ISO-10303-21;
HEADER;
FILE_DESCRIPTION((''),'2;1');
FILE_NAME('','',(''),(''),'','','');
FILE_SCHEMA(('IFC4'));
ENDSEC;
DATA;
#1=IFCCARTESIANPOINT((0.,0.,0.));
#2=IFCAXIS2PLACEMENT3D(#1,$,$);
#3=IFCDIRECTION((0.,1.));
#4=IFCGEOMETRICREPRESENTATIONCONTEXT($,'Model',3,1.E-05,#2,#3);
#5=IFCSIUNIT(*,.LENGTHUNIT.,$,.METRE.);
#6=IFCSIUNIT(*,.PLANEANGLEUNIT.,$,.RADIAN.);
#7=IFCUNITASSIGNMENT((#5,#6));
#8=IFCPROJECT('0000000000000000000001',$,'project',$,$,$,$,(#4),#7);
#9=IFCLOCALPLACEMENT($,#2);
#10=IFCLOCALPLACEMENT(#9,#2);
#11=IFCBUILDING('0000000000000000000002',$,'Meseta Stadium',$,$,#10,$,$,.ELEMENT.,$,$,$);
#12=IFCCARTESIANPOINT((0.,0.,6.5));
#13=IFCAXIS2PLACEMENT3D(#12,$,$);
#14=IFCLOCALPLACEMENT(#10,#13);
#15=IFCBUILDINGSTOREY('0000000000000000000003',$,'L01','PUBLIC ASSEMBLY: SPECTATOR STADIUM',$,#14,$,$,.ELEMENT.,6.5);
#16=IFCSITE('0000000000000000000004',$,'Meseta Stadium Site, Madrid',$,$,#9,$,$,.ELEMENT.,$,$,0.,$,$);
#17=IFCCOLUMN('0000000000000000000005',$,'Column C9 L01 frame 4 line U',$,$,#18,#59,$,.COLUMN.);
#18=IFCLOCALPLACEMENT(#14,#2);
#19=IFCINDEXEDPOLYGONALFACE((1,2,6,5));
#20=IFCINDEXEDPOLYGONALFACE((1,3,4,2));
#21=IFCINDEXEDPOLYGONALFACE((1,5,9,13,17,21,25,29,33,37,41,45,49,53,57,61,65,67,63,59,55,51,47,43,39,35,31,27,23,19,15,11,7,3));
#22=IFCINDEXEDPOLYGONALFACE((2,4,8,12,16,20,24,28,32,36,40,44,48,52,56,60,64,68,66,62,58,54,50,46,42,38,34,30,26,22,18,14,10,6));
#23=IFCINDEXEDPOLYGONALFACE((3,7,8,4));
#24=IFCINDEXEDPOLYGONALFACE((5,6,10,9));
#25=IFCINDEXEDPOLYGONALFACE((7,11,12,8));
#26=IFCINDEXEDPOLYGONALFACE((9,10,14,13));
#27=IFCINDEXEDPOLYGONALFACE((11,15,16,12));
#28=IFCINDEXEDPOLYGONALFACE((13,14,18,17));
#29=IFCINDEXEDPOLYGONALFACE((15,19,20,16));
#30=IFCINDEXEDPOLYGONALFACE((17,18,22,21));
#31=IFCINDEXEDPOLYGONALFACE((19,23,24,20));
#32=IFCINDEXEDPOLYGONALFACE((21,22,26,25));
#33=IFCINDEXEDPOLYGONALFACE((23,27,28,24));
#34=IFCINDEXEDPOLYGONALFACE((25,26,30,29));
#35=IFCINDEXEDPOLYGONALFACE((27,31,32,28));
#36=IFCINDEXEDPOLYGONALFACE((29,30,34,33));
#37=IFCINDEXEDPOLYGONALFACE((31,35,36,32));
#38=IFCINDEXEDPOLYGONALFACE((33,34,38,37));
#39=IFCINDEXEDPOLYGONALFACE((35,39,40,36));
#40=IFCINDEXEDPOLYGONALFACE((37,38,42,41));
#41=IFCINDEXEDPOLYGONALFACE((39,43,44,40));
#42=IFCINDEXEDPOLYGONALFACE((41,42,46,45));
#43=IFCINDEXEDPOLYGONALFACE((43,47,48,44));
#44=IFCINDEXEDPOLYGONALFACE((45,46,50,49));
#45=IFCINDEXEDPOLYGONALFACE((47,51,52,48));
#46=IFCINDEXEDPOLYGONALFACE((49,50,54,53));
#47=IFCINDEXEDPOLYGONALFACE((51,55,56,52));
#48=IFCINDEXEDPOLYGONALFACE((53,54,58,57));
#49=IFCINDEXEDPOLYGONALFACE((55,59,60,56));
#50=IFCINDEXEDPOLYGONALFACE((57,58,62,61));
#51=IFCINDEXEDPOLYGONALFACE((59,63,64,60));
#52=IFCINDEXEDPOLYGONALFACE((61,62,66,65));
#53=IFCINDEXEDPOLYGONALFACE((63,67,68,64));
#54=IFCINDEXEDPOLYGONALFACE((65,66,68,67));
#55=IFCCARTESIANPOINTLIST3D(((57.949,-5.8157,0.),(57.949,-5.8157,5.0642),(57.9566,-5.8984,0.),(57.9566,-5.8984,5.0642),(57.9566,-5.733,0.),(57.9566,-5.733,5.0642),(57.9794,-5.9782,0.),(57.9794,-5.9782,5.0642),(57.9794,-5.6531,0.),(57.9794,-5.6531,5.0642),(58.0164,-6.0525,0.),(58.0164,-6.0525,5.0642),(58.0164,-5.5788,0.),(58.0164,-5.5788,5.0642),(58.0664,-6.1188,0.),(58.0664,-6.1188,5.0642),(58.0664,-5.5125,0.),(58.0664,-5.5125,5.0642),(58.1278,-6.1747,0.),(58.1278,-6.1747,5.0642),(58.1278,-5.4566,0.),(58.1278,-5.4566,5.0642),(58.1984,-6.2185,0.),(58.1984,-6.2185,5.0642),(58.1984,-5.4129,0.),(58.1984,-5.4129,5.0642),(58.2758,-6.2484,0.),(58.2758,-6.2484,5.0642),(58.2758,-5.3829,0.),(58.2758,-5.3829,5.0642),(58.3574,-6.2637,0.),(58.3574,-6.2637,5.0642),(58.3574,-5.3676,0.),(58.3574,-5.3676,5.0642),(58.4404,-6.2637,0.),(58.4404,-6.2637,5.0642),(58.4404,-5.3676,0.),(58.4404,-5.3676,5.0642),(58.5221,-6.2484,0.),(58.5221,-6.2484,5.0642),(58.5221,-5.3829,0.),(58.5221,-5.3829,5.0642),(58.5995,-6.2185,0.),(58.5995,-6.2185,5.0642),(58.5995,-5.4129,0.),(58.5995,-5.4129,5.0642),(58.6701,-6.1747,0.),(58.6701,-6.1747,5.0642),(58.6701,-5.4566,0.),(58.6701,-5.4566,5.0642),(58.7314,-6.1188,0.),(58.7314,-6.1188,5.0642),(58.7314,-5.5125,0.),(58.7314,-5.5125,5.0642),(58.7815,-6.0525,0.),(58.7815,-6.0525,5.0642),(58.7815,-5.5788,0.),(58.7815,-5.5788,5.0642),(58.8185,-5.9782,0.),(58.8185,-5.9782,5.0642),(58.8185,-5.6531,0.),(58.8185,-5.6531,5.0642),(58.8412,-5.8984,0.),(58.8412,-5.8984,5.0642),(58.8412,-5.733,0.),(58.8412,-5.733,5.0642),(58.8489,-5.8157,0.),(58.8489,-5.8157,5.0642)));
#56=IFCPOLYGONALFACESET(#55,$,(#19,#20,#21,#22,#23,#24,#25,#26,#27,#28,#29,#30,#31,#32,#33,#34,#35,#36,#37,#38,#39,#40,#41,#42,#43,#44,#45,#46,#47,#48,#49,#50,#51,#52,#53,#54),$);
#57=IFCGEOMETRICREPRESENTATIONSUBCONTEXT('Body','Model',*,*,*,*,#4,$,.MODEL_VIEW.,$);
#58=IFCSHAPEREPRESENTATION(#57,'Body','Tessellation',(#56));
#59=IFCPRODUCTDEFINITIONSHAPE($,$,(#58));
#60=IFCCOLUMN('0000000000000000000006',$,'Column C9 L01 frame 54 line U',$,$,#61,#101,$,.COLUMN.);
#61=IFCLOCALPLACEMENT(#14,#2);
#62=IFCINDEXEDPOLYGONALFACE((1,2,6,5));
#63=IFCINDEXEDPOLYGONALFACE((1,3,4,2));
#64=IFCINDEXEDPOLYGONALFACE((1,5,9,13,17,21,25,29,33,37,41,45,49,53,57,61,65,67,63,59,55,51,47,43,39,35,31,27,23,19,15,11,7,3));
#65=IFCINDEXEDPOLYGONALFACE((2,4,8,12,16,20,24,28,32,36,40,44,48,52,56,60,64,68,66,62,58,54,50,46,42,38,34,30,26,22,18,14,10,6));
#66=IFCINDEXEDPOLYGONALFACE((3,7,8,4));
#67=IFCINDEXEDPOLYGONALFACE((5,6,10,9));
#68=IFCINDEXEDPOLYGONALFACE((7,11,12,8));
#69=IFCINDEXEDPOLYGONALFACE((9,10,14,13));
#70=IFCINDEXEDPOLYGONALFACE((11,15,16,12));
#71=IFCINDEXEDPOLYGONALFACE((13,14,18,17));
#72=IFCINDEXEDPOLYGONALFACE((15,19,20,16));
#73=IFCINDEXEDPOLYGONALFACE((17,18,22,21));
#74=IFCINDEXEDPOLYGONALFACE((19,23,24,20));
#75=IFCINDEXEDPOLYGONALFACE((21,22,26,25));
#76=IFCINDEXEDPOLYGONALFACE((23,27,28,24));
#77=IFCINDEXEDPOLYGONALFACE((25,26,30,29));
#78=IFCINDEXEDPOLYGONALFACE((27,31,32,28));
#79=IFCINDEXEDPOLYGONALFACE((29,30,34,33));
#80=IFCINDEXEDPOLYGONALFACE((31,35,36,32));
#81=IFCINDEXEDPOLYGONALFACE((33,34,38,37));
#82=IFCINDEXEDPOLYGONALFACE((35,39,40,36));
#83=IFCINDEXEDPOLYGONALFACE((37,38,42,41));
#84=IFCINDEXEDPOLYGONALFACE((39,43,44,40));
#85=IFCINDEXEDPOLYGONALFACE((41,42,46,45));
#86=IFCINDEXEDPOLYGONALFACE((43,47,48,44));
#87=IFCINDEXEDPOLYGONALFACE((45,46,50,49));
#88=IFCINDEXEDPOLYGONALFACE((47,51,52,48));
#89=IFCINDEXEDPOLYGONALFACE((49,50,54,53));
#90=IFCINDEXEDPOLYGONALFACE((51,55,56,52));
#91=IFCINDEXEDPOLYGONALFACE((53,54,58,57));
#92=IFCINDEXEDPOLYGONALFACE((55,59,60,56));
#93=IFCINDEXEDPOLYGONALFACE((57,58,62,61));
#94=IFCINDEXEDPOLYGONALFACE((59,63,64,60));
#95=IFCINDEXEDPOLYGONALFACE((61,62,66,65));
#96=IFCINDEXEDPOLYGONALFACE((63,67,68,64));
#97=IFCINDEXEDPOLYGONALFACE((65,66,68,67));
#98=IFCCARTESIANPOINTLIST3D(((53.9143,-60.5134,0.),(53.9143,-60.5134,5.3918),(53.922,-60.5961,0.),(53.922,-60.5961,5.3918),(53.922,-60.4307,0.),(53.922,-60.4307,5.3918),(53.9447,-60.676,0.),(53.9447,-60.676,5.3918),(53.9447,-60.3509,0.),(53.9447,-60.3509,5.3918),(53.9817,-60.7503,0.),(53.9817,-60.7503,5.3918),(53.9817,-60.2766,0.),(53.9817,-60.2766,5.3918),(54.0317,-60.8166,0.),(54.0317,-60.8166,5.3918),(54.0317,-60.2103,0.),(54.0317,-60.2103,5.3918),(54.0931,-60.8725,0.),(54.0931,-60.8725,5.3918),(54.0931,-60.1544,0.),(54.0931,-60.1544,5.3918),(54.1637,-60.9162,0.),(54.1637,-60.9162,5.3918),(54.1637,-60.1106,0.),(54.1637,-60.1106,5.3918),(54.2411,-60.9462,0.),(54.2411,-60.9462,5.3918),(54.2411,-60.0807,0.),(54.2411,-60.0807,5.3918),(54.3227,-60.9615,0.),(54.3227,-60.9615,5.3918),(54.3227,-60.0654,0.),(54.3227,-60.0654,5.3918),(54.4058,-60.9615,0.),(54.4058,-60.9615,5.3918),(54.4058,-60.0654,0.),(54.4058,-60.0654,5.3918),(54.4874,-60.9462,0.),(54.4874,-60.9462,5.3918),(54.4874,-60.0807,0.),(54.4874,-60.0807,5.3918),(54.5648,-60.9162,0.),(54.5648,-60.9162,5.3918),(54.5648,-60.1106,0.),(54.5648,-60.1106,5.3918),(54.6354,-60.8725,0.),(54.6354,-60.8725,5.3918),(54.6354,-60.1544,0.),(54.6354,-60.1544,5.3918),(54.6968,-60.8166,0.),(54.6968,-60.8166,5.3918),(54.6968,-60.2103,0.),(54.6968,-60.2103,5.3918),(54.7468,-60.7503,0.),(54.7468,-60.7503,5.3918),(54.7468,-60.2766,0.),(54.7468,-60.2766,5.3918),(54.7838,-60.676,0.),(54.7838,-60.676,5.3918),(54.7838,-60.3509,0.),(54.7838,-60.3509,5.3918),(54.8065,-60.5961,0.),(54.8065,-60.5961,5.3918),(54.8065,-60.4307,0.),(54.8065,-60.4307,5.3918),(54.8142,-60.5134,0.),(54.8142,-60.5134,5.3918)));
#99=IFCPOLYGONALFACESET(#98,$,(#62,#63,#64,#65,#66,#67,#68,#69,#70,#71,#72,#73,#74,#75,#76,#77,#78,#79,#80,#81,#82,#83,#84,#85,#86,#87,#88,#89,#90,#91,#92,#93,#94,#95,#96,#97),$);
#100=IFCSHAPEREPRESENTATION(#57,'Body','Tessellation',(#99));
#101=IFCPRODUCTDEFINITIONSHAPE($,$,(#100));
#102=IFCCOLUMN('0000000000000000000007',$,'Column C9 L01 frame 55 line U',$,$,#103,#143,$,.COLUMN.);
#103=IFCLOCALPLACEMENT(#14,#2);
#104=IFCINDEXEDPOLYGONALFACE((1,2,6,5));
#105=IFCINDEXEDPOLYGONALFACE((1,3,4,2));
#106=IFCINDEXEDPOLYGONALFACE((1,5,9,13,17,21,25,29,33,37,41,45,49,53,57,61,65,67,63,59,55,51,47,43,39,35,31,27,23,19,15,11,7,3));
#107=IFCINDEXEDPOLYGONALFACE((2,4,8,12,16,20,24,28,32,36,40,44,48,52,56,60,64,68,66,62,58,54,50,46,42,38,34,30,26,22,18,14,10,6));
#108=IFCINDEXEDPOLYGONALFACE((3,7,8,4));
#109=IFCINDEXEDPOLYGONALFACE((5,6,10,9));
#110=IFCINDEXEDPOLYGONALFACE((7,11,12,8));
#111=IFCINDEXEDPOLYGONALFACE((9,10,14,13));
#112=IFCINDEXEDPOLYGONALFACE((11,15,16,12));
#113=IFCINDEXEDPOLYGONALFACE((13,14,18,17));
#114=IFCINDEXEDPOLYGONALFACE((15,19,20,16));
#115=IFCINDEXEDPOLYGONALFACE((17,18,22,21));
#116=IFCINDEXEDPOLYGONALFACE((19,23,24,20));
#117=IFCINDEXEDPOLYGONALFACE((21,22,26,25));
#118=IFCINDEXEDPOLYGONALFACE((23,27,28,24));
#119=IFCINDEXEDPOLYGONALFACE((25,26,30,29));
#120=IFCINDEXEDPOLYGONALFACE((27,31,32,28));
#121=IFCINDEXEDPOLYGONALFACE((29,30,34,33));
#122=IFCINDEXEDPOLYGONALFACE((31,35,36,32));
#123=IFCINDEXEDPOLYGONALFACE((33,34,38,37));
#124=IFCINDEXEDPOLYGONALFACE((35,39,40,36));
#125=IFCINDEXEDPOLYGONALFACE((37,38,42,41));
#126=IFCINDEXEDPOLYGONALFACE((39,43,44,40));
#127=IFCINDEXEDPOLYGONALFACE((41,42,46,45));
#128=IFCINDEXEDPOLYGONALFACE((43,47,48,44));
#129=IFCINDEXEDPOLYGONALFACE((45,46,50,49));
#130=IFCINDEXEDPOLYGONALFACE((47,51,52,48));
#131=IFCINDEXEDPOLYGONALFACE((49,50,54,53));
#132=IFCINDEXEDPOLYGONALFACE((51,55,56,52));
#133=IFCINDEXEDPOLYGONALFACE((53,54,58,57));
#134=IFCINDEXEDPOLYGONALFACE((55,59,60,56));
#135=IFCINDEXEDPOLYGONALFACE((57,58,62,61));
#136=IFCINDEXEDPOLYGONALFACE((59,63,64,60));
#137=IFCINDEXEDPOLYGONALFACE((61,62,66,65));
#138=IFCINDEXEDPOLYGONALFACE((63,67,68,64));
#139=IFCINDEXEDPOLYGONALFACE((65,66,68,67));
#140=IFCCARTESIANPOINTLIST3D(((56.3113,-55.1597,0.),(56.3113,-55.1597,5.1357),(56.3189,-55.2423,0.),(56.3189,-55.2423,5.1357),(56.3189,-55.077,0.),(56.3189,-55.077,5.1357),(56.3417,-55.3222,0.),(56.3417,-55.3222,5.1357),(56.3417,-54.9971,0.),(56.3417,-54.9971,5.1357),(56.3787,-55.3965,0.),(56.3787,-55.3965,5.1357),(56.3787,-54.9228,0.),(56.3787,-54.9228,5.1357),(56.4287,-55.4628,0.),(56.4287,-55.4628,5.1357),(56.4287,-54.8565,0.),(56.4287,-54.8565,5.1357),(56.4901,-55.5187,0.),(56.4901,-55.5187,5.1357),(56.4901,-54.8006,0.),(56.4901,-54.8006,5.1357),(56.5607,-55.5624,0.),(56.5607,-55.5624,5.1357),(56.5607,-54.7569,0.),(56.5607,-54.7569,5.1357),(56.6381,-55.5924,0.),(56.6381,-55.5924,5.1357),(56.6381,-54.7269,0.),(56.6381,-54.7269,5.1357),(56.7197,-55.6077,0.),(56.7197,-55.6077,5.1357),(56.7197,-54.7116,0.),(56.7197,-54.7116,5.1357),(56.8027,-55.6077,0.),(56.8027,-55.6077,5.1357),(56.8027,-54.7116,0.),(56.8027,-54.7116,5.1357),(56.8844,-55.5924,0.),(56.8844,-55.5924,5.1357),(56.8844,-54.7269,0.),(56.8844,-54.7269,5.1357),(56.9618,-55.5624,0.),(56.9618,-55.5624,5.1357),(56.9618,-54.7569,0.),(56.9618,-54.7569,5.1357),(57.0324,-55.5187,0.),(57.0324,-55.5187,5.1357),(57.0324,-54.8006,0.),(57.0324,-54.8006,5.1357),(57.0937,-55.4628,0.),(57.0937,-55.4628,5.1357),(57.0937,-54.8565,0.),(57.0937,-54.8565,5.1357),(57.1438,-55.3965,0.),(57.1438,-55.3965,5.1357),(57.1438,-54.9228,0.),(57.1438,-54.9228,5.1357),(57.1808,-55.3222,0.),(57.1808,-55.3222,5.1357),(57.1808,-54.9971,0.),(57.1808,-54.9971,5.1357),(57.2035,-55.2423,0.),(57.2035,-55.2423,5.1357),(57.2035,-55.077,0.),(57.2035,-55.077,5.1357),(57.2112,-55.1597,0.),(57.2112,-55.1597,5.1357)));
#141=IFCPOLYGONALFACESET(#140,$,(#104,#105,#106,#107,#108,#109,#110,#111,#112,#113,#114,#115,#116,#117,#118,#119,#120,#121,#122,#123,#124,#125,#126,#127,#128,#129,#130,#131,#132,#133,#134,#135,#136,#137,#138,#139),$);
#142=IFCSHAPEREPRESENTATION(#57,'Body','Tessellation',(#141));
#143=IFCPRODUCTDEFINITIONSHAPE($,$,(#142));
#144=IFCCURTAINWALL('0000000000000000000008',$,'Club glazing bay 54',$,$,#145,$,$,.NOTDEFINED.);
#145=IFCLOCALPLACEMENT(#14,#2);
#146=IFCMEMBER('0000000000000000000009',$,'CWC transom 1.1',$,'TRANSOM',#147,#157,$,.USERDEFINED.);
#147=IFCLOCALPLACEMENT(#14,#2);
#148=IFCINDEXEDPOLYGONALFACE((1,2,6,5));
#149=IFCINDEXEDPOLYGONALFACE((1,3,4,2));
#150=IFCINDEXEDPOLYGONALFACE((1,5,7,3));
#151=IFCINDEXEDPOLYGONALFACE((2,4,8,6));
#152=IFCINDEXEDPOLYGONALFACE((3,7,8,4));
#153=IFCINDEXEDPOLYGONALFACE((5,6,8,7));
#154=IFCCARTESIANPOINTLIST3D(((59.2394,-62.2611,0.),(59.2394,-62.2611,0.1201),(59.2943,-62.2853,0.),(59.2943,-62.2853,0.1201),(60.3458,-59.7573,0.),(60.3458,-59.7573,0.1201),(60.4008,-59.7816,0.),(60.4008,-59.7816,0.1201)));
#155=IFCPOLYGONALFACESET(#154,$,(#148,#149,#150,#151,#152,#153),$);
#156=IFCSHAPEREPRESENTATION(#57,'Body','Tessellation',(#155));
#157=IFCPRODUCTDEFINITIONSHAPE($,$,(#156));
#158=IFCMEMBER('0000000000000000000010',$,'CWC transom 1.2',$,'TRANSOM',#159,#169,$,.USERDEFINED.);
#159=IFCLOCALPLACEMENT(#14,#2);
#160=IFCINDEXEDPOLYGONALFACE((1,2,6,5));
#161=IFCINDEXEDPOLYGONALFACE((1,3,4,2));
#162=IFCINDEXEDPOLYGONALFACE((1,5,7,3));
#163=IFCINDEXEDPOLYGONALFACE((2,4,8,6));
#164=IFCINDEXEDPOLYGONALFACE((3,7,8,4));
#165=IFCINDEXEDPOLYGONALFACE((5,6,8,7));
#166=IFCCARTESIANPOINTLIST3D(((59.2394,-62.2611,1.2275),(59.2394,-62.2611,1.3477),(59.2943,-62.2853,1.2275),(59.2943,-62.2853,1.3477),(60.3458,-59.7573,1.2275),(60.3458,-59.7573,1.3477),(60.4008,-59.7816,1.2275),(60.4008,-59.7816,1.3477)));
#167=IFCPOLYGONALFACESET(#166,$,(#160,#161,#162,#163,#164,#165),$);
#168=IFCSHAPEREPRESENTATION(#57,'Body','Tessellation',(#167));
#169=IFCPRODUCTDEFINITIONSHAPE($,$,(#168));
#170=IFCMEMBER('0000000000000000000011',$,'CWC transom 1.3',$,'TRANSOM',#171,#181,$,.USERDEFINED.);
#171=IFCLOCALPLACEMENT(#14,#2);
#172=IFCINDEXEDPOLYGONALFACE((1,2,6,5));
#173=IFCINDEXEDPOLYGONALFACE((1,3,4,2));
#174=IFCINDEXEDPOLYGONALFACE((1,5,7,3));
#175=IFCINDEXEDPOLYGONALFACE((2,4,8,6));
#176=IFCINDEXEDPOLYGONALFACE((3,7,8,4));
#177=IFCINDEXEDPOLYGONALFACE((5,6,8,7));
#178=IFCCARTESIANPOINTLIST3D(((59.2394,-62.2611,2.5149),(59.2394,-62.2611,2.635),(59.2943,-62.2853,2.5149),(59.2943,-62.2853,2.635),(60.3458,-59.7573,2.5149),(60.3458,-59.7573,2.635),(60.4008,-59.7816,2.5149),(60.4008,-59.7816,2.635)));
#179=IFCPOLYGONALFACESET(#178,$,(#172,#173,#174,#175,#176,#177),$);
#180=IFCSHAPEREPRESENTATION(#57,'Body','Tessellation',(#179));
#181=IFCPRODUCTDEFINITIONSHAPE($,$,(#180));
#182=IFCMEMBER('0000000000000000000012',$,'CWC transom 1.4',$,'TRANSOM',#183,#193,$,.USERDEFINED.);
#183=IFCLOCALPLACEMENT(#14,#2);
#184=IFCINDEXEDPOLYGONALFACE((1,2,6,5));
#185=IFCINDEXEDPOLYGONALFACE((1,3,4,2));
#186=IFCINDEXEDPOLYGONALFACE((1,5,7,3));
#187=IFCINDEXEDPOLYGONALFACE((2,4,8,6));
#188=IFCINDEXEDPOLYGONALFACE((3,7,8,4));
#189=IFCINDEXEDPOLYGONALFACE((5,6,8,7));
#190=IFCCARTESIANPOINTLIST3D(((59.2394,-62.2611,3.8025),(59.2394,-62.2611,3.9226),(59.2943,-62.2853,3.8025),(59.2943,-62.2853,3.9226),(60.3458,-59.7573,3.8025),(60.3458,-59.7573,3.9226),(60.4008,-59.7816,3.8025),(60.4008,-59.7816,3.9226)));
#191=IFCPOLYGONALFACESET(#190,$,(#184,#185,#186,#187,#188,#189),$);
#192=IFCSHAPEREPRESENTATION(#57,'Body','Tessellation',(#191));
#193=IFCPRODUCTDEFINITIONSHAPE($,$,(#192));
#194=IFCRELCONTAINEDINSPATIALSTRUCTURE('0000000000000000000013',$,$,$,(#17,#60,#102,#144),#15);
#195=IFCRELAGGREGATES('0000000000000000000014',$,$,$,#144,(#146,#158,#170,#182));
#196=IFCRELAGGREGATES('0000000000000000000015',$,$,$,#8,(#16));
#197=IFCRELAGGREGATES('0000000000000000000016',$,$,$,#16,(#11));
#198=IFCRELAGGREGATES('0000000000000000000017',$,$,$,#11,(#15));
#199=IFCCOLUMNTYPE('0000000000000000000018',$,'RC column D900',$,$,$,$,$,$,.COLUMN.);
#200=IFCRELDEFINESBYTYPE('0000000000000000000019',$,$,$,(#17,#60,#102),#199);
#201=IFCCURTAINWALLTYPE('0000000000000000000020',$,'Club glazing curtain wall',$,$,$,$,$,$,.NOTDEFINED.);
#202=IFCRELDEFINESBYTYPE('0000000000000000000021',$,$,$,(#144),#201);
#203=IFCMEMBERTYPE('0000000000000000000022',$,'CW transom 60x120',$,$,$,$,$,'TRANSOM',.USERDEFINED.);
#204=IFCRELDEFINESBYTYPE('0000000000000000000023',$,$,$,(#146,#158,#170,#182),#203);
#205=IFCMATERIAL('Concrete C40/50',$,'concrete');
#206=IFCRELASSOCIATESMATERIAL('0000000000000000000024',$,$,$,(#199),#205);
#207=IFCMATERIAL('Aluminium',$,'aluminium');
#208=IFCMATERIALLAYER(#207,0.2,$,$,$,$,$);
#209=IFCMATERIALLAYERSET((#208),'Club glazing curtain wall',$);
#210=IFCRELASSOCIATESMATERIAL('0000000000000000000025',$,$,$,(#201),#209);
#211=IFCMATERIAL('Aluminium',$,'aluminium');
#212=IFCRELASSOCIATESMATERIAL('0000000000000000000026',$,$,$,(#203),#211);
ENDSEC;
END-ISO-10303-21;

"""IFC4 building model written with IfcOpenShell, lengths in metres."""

from ifc_helpers import new_model, si_unit, direction, frame, origin, origin_2d, place, context, subcontext, project, spatial, rectangle, circle, extrude, material, layer, layer_set, material_profile, profile_set, type_object, element, aggregate, save


model = new_model("IFC4")

# Units and contexts
model_context = context("Model", 3, precision=1e-05, world=origin(), true_north=direction((0.0, 1.0)))
body_context = subcontext(model_context, "Body", "Model", "MODEL_VIEW")
ifc_project = project(units=[si_unit("LENGTHUNIT", "METRE"), si_unit("PLANEANGLEUNIT", "RADIAN")], contexts=[model_context])

# Site, building, storey
site_placement = place(None, origin())
site = spatial("IfcSite", under=ifc_project, at=site_placement, Name="Meseta Stadium Site, Madrid", CompositionType="ELEMENT", RefElevation=0.0)
building_placement = place(site_placement, origin())
building = spatial("IfcBuilding", under=site, at=building_placement, Name="Meseta Stadium", CompositionType="ELEMENT")
storey_placement = place(building_placement, frame((0.0, 0.0, 6.5)))
storey = spatial("IfcBuildingStorey", under=building, at=storey_placement, Name="L01", Description="PUBLIC ASSEMBLY: SPECTATOR STADIUM", CompositionType="ELEMENT", Elevation=6.5)

# Columns
ifc_material_1 = material(Name="Concrete C40/50", Category="concrete")
ifc_material_profile_1 = material_profile(ifc_material_1, circle(Radius=0.45, at=origin_2d()), Name="RC D900")
ifc_profile_set_1 = profile_set([ifc_material_profile_1], Name="Concrete C40/50")
column_type = type_object("IfcColumnType", Name="RC column D900", PredefinedType="COLUMN", material=ifc_profile_set_1)
column_1_placement = place(storey_placement, frame((58.3989, -5.8157, 0.0), z_axis=(0.0, 0.0, 1.0), x_axis=(1.0, 0.0, 0.0)))
element("IfcColumn", 1, at=column_1_placement, inside=storey, type_object=column_type, Name="Column C9 L01 frame 4 line U", PredefinedType="COLUMN", context=body_context, shape_type="SweptSolid", body=[
    extrude(circle(Radius=0.45, at=origin_2d()), origin(), (0.0, 0.0, 1.0), 5.0642),
])
column_2_placement = place(storey_placement, frame((54.3643, -60.5134, 0.0), z_axis=(0.0, 0.0, 1.0), x_axis=(1.0, 0.0, 0.0)))
element("IfcColumn", 2, at=column_2_placement, inside=storey, type_object=column_type, Name="Column C9 L01 frame 54 line U", PredefinedType="COLUMN", context=body_context, shape_type="SweptSolid", body=[
    extrude(circle(Radius=0.45, at=origin_2d()), origin(), (0.0, 0.0, 1.0), 5.3918),
])
column_3_placement = place(storey_placement, frame((56.7612, -55.1597, 0.0), z_axis=(0.0, 0.0, 1.0), x_axis=(1.0, 0.0, 0.0)))
element("IfcColumn", 3, at=column_3_placement, inside=storey, type_object=column_type, Name="Column C9 L01 frame 55 line U", PredefinedType="COLUMN", context=body_context, shape_type="SweptSolid", body=[
    extrude(circle(Radius=0.45, at=origin_2d()), origin(), (0.0, 0.0, 1.0), 5.1357),
])

# Curtain wall, members
ifc_material_2 = material(Name="Aluminium", Category="aluminium")
ifc_layer_1 = layer(ifc_material_2, 0.2)
ifc_layer_set_1 = layer_set([ifc_layer_1], Name="Club glazing curtain wall")
curtain_wall_type = type_object("IfcCurtainWallType", Name="Club glazing curtain wall", PredefinedType="NOTDEFINED", material=ifc_layer_set_1)
curtain_wall_placement = place(storey_placement, origin())
curtain_wall = element("IfcCurtainWall", 4, at=curtain_wall_placement, inside=storey, type_object=curtain_wall_type, Name="Club glazing bay 54", PredefinedType="NOTDEFINED")
ifc_material_3 = material(Name="Aluminium", Category="aluminium")
ifc_material_profile_2 = material_profile(ifc_material_3, rectangle(XDim=0.0601, YDim=0.1201, at=origin_2d()), Name="CW 60x120")
ifc_profile_set_2 = profile_set([ifc_material_profile_2], Name="Aluminium")
member_type = type_object("IfcMemberType", Name="CW transom 60x120", ElementType="TRANSOM", PredefinedType="USERDEFINED", material=ifc_profile_set_2)
member_1_placement = place(storey_placement, frame((59.2668, -62.2732, 0.0601), z_axis=(0.404218, 0.914663, 0.0), x_axis=(-0.914663, 0.404218, 0.0)))
member_1 = element("IfcMember", 5, at=member_1_placement, type_object=member_type, Name="CWC transom 1.1", ObjectType="TRANSOM", PredefinedType="USERDEFINED", context=body_context, shape_type="SweptSolid", body=[
    extrude(rectangle(XDim=0.0601, YDim=0.1201, at=origin_2d()), origin(), (0.0, 0.0, 1.0), 2.7373),
])
member_2_placement = place(storey_placement, frame((59.2668, -62.2732, 1.2876), z_axis=(0.404218, 0.914663, 0.0), x_axis=(-0.914663, 0.404218, 0.0)))
member_2 = element("IfcMember", 6, at=member_2_placement, type_object=member_type, Name="CWC transom 1.2", ObjectType="TRANSOM", PredefinedType="USERDEFINED", context=body_context, shape_type="SweptSolid", body=[
    extrude(rectangle(XDim=0.0601, YDim=0.1201, at=origin_2d()), origin(), (0.0, 0.0, 1.0), 2.7373),
])
member_3_placement = place(storey_placement, frame((59.2668, -62.2732, 2.575), z_axis=(0.404218, 0.914663, 0.0), x_axis=(-0.914663, 0.404218, 0.0)))
member_3 = element("IfcMember", 7, at=member_3_placement, type_object=member_type, Name="CWC transom 1.3", ObjectType="TRANSOM", PredefinedType="USERDEFINED", context=body_context, shape_type="SweptSolid", body=[
    extrude(rectangle(XDim=0.0601, YDim=0.1201, at=origin_2d()), origin(), (0.0, 0.0, 1.0), 2.7373),
])
member_4_placement = place(storey_placement, frame((59.2668, -62.2732, 3.8625), z_axis=(0.404218, 0.914663, 0.0), x_axis=(-0.914663, 0.404218, 0.0)))
member_4 = element("IfcMember", 8, at=member_4_placement, type_object=member_type, Name="CWC transom 1.4", ObjectType="TRANSOM", PredefinedType="USERDEFINED", context=body_context, shape_type="SweptSolid", body=[
    extrude(rectangle(XDim=0.0601, YDim=0.1201, at=origin_2d()), origin(), (0.0, 0.0, 1.0), 2.7373),
])

aggregate(curtain_wall, [member_1, member_2, member_3, member_4])

save(model, "model.ifc")
